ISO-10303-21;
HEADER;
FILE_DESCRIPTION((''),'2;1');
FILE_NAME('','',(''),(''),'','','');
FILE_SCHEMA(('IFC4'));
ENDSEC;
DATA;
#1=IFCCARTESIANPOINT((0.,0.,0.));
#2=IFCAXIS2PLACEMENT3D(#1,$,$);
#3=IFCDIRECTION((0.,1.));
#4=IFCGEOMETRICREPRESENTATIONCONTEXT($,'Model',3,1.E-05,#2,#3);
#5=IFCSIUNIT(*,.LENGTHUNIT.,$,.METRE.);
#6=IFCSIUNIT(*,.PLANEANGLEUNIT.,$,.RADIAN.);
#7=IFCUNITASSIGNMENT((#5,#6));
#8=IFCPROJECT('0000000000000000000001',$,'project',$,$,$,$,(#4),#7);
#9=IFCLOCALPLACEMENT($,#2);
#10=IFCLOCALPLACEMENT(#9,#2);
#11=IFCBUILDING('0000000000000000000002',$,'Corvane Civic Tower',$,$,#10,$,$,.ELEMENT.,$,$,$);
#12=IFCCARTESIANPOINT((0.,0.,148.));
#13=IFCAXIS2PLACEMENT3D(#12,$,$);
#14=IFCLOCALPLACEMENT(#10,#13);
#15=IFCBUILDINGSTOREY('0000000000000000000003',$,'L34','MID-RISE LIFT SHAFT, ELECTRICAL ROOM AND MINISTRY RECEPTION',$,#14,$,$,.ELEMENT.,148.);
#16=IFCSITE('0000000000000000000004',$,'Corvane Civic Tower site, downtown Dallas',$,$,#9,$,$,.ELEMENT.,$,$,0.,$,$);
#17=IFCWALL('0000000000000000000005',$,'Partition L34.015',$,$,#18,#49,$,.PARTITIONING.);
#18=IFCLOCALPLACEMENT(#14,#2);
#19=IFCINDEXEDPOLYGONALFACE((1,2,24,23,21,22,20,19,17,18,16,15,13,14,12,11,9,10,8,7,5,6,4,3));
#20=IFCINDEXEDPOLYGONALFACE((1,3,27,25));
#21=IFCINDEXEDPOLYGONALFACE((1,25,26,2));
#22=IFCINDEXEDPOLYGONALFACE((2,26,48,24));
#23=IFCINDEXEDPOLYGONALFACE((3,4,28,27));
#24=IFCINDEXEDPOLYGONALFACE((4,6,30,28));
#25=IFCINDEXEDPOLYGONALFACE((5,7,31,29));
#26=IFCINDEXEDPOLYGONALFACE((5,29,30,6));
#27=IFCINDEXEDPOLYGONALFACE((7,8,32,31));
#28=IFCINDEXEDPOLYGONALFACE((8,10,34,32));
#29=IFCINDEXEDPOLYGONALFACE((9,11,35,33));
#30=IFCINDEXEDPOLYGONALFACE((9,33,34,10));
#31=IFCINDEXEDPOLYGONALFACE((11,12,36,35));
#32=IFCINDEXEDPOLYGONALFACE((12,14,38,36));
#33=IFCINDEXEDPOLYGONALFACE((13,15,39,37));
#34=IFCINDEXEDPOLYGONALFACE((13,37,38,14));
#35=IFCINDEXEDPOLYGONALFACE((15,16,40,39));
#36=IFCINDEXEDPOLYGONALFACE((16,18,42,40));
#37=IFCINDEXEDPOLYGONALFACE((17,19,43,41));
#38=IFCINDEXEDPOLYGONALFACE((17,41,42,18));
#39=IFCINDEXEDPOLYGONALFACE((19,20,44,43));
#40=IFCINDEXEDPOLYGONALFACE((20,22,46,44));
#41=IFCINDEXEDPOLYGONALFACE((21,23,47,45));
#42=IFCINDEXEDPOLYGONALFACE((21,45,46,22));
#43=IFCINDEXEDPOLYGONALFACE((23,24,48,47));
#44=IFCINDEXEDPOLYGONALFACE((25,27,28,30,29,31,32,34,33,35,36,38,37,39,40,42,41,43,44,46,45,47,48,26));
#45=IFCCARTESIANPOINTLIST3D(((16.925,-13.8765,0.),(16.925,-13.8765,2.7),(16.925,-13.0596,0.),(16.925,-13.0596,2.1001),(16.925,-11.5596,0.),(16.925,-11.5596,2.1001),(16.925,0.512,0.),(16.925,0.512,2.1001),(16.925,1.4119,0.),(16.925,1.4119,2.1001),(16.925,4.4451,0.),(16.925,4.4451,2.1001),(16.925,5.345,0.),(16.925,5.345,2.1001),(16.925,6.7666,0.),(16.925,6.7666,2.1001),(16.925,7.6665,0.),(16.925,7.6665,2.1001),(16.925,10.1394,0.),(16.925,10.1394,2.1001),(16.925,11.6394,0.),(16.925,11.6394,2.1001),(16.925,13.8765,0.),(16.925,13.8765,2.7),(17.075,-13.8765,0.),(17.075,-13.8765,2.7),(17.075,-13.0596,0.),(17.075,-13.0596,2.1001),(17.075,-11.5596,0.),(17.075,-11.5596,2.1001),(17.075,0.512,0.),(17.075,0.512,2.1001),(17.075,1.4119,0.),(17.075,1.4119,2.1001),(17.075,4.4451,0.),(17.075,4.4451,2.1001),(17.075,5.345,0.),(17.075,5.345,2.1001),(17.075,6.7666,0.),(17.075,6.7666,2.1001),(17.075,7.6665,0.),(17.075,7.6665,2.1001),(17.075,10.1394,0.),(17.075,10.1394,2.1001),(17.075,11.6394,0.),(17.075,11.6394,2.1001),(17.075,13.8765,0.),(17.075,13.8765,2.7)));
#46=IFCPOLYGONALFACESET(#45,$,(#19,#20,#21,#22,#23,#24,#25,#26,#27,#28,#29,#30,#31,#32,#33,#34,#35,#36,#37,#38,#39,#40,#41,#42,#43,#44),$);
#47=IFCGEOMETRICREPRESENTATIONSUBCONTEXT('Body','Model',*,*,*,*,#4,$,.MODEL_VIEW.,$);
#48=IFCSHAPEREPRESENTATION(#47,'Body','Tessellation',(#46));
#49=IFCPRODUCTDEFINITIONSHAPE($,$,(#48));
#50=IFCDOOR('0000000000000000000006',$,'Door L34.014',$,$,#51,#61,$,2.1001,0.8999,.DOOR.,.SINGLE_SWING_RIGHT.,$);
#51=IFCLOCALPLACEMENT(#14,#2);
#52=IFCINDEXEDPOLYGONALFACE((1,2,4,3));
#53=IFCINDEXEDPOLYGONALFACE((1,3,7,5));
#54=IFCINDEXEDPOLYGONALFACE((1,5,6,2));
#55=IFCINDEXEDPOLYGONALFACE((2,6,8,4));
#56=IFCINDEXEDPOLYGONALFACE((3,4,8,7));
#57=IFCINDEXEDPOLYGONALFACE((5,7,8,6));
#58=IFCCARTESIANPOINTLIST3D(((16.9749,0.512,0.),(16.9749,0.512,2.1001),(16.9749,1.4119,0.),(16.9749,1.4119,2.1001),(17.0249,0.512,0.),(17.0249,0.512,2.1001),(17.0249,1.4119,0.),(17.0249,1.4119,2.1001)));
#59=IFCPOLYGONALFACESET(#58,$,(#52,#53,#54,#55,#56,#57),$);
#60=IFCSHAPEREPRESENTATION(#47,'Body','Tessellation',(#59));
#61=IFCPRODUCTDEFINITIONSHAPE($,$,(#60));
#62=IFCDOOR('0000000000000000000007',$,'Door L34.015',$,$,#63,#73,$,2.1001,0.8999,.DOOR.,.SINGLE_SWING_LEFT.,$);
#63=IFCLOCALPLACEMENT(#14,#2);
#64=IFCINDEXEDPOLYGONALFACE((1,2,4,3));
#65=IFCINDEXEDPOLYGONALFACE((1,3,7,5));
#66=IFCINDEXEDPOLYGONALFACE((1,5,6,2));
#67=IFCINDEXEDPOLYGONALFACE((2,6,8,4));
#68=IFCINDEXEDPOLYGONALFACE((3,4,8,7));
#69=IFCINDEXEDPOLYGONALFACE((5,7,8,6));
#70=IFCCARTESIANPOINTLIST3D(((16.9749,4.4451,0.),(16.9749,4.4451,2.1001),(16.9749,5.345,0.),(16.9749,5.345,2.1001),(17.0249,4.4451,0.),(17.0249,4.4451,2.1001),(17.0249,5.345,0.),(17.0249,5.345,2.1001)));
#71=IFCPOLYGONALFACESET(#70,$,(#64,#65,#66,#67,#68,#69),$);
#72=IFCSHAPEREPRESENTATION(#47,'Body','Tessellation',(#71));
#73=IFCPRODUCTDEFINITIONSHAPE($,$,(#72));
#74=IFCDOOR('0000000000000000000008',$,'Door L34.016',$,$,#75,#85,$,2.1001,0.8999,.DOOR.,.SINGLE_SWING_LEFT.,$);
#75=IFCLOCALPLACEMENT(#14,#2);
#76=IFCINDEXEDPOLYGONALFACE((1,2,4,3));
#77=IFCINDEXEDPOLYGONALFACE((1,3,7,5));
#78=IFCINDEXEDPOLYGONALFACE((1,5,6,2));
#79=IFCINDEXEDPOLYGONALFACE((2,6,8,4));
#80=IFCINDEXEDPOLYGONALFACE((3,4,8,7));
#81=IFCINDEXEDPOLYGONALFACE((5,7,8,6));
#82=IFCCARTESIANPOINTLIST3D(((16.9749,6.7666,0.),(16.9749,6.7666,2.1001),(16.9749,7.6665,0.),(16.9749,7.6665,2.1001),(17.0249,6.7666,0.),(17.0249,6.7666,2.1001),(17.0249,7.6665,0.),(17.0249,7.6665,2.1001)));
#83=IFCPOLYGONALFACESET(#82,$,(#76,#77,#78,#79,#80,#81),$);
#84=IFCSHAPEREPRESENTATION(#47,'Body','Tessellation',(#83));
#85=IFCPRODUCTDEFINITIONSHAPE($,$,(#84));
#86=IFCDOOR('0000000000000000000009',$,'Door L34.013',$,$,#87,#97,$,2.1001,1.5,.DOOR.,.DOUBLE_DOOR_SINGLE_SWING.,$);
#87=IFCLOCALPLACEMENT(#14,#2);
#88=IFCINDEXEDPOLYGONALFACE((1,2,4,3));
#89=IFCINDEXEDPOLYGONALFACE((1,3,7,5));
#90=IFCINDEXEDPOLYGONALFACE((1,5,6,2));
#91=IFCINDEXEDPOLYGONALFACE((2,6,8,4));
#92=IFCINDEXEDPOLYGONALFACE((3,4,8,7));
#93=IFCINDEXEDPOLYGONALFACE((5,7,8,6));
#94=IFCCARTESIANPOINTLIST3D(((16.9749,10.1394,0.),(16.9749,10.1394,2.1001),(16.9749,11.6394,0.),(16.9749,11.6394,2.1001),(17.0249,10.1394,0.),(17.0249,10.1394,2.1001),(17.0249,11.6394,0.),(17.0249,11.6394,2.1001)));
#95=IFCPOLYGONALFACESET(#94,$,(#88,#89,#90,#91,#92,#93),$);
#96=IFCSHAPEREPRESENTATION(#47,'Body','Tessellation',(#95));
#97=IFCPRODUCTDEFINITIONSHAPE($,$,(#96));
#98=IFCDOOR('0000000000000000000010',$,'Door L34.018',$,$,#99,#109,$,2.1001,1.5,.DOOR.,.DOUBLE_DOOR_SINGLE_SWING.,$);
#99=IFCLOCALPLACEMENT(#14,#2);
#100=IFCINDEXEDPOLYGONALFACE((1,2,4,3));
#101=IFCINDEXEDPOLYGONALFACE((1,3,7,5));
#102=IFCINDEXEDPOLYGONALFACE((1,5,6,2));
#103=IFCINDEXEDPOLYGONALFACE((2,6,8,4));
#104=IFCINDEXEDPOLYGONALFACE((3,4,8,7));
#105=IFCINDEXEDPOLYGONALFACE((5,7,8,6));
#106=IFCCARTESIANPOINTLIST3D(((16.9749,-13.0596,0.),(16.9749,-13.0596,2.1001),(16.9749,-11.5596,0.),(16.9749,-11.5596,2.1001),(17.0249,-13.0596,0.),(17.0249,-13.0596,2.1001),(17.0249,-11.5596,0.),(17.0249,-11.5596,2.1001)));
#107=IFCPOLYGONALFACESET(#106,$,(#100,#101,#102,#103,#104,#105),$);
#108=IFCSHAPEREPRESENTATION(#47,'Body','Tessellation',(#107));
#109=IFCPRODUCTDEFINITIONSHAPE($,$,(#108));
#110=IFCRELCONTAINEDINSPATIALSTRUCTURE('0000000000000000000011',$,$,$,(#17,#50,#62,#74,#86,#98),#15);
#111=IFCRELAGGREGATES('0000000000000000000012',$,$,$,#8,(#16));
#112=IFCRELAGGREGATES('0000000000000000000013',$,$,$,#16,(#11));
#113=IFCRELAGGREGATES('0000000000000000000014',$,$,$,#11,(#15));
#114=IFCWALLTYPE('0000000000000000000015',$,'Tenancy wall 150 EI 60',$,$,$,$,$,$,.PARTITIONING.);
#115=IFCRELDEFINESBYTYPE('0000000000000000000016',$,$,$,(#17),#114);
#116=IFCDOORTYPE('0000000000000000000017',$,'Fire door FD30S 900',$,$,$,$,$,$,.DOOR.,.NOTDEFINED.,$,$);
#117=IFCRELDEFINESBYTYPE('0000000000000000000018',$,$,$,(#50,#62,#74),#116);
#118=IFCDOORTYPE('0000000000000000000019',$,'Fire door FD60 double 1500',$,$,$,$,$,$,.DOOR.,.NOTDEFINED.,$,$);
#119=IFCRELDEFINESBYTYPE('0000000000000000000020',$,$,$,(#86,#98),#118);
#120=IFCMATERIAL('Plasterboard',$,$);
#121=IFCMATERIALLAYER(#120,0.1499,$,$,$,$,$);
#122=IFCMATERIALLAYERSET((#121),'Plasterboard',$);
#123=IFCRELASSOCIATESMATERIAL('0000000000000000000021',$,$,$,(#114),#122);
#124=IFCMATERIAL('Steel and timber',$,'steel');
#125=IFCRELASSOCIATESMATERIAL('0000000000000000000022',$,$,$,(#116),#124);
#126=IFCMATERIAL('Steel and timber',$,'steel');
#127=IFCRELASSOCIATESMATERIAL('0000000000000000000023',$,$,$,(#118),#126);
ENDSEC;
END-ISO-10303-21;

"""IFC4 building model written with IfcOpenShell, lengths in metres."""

from ifc_helpers import new_model, si_unit, direction, frame, frame_2d, origin, place, context, subcontext, project, spatial, rectangle, extrude, material, layer, layer_set, type_object, element, fill, save


model = new_model("IFC4")

# Units and contexts
model_context = context("Model", 3, precision=1e-05, world=origin(), true_north=direction((0.0, 1.0)))
body_context = subcontext(model_context, "Body", "Model", "MODEL_VIEW")
ifc_project = project(units=[si_unit("LENGTHUNIT", "METRE"), si_unit("PLANEANGLEUNIT", "RADIAN")], contexts=[model_context])

# Site, building, storey
site_placement = place(None, origin())
site = spatial("IfcSite", under=ifc_project, at=site_placement, Name="Corvane Civic Tower site, downtown Dallas", CompositionType="ELEMENT", RefElevation=0.0)
building_placement = place(site_placement, origin())
building = spatial("IfcBuilding", under=site, at=building_placement, Name="Corvane Civic Tower", CompositionType="ELEMENT")
storey_placement = place(building_placement, frame((0.0, 0.0, 148.0)))
storey = spatial("IfcBuildingStorey", under=building, at=storey_placement, Name="L34", Description="MID-RISE LIFT SHAFT, ELECTRICAL ROOM AND MINISTRY RECEPTION", CompositionType="ELEMENT", Elevation=148.0)

# Wall, openings, doors
ifc_material_1 = material(Name="Plasterboard")
ifc_layer_1 = layer(ifc_material_1, 0.1499)
ifc_layer_set_1 = layer_set([ifc_layer_1], Name="Plasterboard")
wall_type_1 = type_object("IfcWallType", Name="Tenancy wall 150 EI 60", PredefinedType="PARTITIONING", material=ifc_layer_set_1)
wall_1_placement = place(storey_placement, frame((17.0, -13.8765, 0.0), z_axis=(0.0, 0.0, 1.0), x_axis=(0.0, 1.0, 0.0)))
wall_1 = element("IfcWall", 1, at=wall_1_placement, inside=storey, type_object=wall_type_1, Name="Partition L34.015", PredefinedType="PARTITIONING", context=body_context, shape_type="SweptSolid", body=[
    extrude(rectangle(XDim=27.7529, YDim=0.1499, at=frame_2d((13.8765, 0.0))), origin(), (0.0, 0.0, 1.0), 2.7),
])
opening_1_placement = place(wall_1_placement, frame((24.0159, 0.0, 0.0)))
opening_1 = element("IfcOpeningElement", 2, at=opening_1_placement, cuts=wall_1, PredefinedType="OPENING", context=body_context, shape_type="SweptSolid", body=[
    extrude(rectangle(XDim=1.5, YDim=2.1001, at=frame_2d((0.75, 1.05))), frame((0.0, 0.085, 0.0), z_axis=(0.0, -1.0, 0.0), x_axis=(1.0, 0.0, 0.0)), (0.0, 0.0, 1.0), 0.1699),
])
opening_2_placement = place(wall_1_placement, frame((14.3884, 0.0, 0.0)))
opening_2 = element("IfcOpeningElement", 3, at=opening_2_placement, cuts=wall_1, PredefinedType="OPENING", context=body_context, shape_type="SweptSolid", body=[
    extrude(rectangle(XDim=0.8999, YDim=2.1001, at=frame_2d((0.45, 1.05))), frame((0.0, 0.085, 0.0), z_axis=(0.0, -1.0, 0.0), x_axis=(1.0, 0.0, 0.0)), (0.0, 0.0, 1.0), 0.1699),
])
opening_3_placement = place(wall_1_placement, frame((18.3215, 0.0, 0.0)))
opening_3 = element("IfcOpeningElement", 4, at=opening_3_placement, cuts=wall_1, PredefinedType="OPENING", context=body_context, shape_type="SweptSolid", body=[
    extrude(rectangle(XDim=0.8999, YDim=2.1001, at=frame_2d((0.45, 1.05))), frame((0.0, 0.085, 0.0), z_axis=(0.0, -1.0, 0.0), x_axis=(1.0, 0.0, 0.0)), (0.0, 0.0, 1.0), 0.1699),
])
opening_4_placement = place(wall_1_placement, frame((20.6431, 0.0, 0.0)))
opening_4 = element("IfcOpeningElement", 5, at=opening_4_placement, cuts=wall_1, PredefinedType="OPENING", context=body_context, shape_type="SweptSolid", body=[
    extrude(rectangle(XDim=0.8999, YDim=2.1001, at=frame_2d((0.45, 1.05))), frame((0.0, 0.085, 0.0), z_axis=(0.0, -1.0, 0.0), x_axis=(1.0, 0.0, 0.0)), (0.0, 0.0, 1.0), 0.1699),
])
opening_5_placement = place(wall_1_placement, frame((0.8169, 0.0, 0.0)))
opening_5 = element("IfcOpeningElement", 6, at=opening_5_placement, cuts=wall_1, PredefinedType="OPENING", context=body_context, shape_type="SweptSolid", body=[
    extrude(rectangle(XDim=1.5, YDim=2.1001, at=frame_2d((0.75, 1.05))), frame((0.0, 0.085, 0.0), z_axis=(0.0, -1.0, 0.0), x_axis=(1.0, 0.0, 0.0)), (0.0, 0.0, 1.0), 0.1699),
])
ifc_material_2 = material(Name="Steel and timber", Category="steel")
door_type_1 = type_object("IfcDoorType", Name="Fire door FD30S 900", OperationType="NOTDEFINED", PredefinedType="DOOR", material=ifc_material_2)
door_1_placement = place(opening_2_placement, frame((0.8999, 0.0, 0.0), z_axis=(0.0, 0.0, 1.0), x_axis=(-1.0, 0.0, 0.0)))
door_1 = element("IfcDoor", 7, at=door_1_placement, inside=storey, type_object=door_type_1, Name="Door L34.014", OperationType="SINGLE_SWING_RIGHT", OverallHeight=2.1001, OverallWidth=0.8999, PredefinedType="DOOR", context=body_context, shape_type="SweptSolid", body=[
    extrude(rectangle(XDim=0.8999, YDim=2.1001, at=frame_2d((0.45, 1.05))), frame((0.0, 0.0249, 0.0), z_axis=(0.0, -1.0, 0.0), x_axis=(1.0, 0.0, 0.0)), (0.0, 0.0, 1.0), 0.05),
])
fill(opening_2, door_1)
door_2_placement = place(opening_3_placement, frame((0.8999, 0.0, 0.0), z_axis=(0.0, 0.0, 1.0), x_axis=(-1.0, 0.0, 0.0)))
door_2 = element("IfcDoor", 8, at=door_2_placement, inside=storey, type_object=door_type_1, Name="Door L34.015", OperationType="SINGLE_SWING_LEFT", OverallHeight=2.1001, OverallWidth=0.8999, PredefinedType="DOOR", context=body_context, shape_type="SweptSolid", body=[
    extrude(rectangle(XDim=0.8999, YDim=2.1001, at=frame_2d((0.45, 1.05))), frame((0.0, 0.0249, 0.0), z_axis=(0.0, -1.0, 0.0), x_axis=(1.0, 0.0, 0.0)), (0.0, 0.0, 1.0), 0.05),
])
fill(opening_3, door_2)
door_3_placement = place(opening_4_placement, frame((0.8999, 0.0, 0.0), z_axis=(0.0, 0.0, 1.0), x_axis=(-1.0, 0.0, 0.0)))
door_3 = element("IfcDoor", 9, at=door_3_placement, inside=storey, type_object=door_type_1, Name="Door L34.016", OperationType="SINGLE_SWING_LEFT", OverallHeight=2.1001, OverallWidth=0.8999, PredefinedType="DOOR", context=body_context, shape_type="SweptSolid", body=[
    extrude(rectangle(XDim=0.8999, YDim=2.1001, at=frame_2d((0.45, 1.05))), frame((0.0, 0.0249, 0.0), z_axis=(0.0, -1.0, 0.0), x_axis=(1.0, 0.0, 0.0)), (0.0, 0.0, 1.0), 0.05),
])
fill(opening_4, door_3)
ifc_material_3 = material(Name="Steel and timber", Category="steel")
door_type_2 = type_object("IfcDoorType", Name="Fire door FD60 double 1500", OperationType="NOTDEFINED", PredefinedType="DOOR", material=ifc_material_3)
door_4_placement = place(opening_1_placement, frame((1.5, 0.0, 0.0), z_axis=(0.0, 0.0, 1.0), x_axis=(-1.0, 0.0, 0.0)))
door_4 = element("IfcDoor", 10, at=door_4_placement, inside=storey, type_object=door_type_2, Name="Door L34.013", OperationType="DOUBLE_DOOR_SINGLE_SWING", OverallHeight=2.1001, OverallWidth=1.5, PredefinedType="DOOR", context=body_context, shape_type="SweptSolid", body=[
    extrude(rectangle(XDim=1.5, YDim=2.1001, at=frame_2d((0.75, 1.05))), frame((0.0, 0.0249, 0.0), z_axis=(0.0, -1.0, 0.0), x_axis=(1.0, 0.0, 0.0)), (0.0, 0.0, 1.0), 0.05),
])
fill(opening_1, door_4)
door_5_placement = place(opening_5_placement, frame((1.5, 0.0, 0.0), z_axis=(0.0, 0.0, 1.0), x_axis=(-1.0, 0.0, 0.0)))
door_5 = element("IfcDoor", 11, at=door_5_placement, inside=storey, type_object=door_type_2, Name="Door L34.018", OperationType="DOUBLE_DOOR_SINGLE_SWING", OverallHeight=2.1001, OverallWidth=1.5, PredefinedType="DOOR", context=body_context, shape_type="SweptSolid", body=[
    extrude(rectangle(XDim=1.5, YDim=2.1001, at=frame_2d((0.75, 1.05))), frame((0.0, 0.0249, 0.0), z_axis=(0.0, -1.0, 0.0), x_axis=(1.0, 0.0, 0.0)), (0.0, 0.0, 1.0), 0.05),
])
fill(opening_5, door_5)

save(model, "model.ifc")
